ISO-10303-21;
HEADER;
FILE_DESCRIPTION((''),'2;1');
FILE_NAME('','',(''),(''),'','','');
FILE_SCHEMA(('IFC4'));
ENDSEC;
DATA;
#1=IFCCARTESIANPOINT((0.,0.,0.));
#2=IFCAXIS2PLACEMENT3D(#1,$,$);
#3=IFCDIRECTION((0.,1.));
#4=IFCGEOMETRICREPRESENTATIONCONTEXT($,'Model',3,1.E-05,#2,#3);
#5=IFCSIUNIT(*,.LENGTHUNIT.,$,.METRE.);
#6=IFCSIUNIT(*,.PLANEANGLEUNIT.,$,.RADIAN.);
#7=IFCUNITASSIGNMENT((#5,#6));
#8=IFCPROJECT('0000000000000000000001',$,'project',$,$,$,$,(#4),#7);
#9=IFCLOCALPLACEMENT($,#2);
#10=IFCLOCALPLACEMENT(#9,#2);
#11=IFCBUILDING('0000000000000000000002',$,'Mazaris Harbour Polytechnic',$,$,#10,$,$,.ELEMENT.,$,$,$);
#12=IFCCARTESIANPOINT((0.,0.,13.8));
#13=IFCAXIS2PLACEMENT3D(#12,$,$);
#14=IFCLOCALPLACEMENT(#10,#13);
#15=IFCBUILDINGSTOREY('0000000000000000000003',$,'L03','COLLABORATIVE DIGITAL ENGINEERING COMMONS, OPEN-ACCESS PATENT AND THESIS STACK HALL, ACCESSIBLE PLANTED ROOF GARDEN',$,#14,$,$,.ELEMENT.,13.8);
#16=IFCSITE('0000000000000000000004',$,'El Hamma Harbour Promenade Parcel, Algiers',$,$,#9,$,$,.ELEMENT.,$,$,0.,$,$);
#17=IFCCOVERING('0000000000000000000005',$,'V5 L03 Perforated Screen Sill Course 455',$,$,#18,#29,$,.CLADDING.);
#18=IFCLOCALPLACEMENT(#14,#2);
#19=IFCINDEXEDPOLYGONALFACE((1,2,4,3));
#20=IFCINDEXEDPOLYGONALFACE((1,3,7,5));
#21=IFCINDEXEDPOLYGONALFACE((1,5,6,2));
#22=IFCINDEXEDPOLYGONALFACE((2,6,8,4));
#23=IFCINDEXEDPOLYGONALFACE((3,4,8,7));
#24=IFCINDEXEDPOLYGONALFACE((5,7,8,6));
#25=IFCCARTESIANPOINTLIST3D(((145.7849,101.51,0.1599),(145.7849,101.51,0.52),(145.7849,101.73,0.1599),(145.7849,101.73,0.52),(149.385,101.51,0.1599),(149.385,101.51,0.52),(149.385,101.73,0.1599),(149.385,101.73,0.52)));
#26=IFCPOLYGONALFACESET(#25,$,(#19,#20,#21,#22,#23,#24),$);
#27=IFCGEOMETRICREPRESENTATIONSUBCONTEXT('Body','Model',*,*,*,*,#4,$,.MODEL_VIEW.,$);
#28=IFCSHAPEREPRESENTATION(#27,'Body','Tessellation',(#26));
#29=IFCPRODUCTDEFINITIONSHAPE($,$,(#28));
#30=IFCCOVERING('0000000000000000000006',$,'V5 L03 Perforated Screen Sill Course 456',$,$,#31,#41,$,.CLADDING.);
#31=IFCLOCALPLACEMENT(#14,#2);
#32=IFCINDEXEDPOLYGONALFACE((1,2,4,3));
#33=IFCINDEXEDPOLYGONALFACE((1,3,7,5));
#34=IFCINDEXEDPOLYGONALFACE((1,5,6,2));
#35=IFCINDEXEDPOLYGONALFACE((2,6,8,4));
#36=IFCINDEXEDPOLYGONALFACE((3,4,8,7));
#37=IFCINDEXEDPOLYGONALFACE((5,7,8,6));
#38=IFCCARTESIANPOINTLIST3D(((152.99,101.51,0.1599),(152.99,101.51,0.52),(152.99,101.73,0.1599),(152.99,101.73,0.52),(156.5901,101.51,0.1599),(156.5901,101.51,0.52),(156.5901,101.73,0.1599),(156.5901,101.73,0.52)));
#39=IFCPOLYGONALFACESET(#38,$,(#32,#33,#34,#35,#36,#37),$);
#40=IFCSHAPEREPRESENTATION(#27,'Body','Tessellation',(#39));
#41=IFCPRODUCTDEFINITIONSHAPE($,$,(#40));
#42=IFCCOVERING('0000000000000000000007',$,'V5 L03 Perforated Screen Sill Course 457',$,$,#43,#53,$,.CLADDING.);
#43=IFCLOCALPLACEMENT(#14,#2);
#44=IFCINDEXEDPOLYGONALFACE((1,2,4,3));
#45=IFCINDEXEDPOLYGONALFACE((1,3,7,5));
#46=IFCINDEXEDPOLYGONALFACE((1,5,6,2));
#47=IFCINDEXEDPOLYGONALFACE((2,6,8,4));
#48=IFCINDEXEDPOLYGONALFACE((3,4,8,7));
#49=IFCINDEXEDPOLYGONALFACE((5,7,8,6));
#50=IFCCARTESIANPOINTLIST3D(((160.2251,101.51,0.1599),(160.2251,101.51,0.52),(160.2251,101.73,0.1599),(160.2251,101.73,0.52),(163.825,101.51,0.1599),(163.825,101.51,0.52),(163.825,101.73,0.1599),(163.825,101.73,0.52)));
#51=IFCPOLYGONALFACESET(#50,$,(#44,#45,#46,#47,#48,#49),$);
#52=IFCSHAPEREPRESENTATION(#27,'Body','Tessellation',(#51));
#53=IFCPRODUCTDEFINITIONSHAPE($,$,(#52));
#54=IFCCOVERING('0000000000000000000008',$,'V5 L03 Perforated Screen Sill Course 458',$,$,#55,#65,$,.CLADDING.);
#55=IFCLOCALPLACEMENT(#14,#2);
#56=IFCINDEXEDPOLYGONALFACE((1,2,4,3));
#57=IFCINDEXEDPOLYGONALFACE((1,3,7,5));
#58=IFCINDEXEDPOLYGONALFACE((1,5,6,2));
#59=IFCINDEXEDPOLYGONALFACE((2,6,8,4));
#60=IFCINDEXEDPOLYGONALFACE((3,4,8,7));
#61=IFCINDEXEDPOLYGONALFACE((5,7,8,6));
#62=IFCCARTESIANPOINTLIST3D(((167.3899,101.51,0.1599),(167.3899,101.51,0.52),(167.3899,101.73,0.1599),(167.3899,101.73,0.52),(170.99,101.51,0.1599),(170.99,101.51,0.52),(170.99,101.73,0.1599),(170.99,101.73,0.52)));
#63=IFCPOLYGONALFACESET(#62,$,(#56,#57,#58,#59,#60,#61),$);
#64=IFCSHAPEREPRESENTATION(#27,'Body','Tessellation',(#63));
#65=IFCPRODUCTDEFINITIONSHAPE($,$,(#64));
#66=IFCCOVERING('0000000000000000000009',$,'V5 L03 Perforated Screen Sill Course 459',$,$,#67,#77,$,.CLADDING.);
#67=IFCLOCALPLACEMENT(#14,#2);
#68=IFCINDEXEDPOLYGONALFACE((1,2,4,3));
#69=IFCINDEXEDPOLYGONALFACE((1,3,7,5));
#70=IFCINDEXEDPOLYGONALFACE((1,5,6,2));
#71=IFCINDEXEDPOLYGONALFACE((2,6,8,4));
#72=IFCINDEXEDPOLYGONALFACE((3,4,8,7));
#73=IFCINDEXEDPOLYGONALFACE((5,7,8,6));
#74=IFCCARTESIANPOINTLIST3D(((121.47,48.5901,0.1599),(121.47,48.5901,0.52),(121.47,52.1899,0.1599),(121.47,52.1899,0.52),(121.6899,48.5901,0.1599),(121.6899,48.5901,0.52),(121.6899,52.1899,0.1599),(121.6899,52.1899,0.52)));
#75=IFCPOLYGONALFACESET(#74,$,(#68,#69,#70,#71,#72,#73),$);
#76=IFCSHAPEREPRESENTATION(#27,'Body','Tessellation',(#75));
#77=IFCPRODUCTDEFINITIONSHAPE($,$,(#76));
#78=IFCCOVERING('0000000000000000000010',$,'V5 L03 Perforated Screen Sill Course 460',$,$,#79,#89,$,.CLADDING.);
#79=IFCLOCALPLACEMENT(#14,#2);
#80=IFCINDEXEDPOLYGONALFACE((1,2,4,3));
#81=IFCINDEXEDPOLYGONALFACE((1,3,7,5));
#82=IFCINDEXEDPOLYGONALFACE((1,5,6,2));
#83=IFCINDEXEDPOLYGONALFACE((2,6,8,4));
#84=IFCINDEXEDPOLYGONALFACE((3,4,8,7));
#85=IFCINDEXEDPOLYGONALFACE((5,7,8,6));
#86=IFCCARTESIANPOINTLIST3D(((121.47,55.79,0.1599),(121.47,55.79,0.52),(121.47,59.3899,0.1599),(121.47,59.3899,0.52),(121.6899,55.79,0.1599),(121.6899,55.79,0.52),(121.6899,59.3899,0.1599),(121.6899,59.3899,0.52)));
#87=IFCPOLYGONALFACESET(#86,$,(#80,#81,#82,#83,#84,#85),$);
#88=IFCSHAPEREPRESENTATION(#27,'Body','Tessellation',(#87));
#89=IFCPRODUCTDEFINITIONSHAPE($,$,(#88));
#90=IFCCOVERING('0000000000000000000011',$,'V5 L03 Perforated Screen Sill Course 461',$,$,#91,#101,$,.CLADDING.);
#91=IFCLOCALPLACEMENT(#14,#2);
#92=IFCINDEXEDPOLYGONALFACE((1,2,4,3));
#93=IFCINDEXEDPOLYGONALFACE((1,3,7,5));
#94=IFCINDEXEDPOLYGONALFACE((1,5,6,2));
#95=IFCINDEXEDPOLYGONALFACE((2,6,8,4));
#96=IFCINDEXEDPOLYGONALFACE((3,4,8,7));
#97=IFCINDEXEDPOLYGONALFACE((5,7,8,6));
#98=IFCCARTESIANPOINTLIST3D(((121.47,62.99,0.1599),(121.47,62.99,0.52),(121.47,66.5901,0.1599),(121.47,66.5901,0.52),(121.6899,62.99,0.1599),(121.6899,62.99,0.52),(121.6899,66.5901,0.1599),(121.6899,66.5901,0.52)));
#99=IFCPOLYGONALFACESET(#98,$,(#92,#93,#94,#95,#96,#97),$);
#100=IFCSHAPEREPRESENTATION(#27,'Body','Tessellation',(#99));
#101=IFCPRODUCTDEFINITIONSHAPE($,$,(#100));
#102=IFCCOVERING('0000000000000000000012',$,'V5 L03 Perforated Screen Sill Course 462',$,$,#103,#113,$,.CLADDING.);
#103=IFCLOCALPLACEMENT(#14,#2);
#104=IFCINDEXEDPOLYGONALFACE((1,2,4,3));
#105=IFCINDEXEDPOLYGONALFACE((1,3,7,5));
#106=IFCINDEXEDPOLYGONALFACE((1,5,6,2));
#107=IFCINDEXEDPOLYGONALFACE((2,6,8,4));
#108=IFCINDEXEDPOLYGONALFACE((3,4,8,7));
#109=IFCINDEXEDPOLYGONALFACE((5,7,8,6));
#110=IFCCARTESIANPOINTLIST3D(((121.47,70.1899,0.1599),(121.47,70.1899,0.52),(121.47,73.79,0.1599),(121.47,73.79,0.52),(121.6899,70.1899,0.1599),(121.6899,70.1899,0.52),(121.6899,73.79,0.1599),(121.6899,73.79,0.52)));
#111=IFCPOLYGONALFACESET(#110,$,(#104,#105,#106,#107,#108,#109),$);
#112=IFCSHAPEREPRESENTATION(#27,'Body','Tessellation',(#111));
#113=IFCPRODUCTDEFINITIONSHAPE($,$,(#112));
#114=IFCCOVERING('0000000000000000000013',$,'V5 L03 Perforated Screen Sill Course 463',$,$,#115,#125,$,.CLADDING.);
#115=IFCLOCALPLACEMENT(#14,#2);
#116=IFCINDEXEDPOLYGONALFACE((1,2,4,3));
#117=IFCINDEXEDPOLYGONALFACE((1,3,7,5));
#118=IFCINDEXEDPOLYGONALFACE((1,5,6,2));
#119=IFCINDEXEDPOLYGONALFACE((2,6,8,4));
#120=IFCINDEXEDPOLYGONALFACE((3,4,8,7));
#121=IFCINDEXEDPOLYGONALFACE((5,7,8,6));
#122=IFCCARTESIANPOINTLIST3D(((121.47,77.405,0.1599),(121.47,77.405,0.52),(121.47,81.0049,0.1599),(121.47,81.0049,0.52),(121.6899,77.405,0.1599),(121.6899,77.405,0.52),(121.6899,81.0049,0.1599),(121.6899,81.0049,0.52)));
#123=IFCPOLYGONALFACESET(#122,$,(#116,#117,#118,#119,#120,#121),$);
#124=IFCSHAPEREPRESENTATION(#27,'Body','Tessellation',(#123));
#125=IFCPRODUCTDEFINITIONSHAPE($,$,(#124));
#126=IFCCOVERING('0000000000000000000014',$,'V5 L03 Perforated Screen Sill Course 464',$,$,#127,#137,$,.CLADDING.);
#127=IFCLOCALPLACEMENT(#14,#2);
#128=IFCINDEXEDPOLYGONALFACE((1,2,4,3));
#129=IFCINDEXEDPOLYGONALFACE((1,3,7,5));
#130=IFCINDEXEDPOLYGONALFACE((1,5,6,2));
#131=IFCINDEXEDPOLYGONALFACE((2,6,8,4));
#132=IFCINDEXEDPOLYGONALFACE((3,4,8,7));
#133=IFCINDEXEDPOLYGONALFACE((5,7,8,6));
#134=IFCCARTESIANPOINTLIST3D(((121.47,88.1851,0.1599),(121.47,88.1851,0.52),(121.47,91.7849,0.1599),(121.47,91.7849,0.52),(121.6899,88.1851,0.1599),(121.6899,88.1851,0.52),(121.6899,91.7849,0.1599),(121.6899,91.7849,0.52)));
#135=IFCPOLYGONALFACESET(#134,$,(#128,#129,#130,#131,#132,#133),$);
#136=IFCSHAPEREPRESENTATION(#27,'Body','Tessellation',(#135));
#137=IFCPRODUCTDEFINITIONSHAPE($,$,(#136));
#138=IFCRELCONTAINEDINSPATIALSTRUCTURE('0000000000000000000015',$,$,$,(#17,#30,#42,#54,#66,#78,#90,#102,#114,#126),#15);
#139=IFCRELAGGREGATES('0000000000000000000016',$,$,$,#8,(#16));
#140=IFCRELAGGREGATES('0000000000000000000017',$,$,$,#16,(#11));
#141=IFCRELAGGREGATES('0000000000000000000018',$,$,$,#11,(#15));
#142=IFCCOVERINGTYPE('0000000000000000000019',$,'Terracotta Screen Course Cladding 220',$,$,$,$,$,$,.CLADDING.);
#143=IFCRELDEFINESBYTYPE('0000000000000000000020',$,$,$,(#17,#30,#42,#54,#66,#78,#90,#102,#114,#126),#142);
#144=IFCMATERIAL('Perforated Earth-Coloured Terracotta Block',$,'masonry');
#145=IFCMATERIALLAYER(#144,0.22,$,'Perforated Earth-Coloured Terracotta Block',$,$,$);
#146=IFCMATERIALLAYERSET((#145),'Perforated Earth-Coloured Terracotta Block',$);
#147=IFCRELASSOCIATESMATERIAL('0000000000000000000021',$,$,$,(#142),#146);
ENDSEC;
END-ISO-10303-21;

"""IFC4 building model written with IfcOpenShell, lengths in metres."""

from ifc_helpers import new_model, si_unit, direction, frame, origin, place, context, subcontext, project, spatial, polyline, outline, extrude, material, layer, layer_set, type_object, element, save


model = new_model("IFC4")

# Units and contexts
model_context = context("Model", 3, precision=1e-05, world=origin(), true_north=direction((0.0, 1.0)))
body_context = subcontext(model_context, "Body", "Model", "MODEL_VIEW")
ifc_project = project(units=[si_unit("LENGTHUNIT", "METRE"), si_unit("PLANEANGLEUNIT", "RADIAN")], contexts=[model_context])

# Site, building, storey
site_placement = place(None, origin())
site = spatial("IfcSite", under=ifc_project, at=site_placement, Name="El Hamma Harbour Promenade Parcel, Algiers", CompositionType="ELEMENT", RefElevation=0.0)
building_placement = place(site_placement, origin())
building = spatial("IfcBuilding", under=site, at=building_placement, Name="Mazaris Harbour Polytechnic", CompositionType="ELEMENT")
storey_placement = place(building_placement, frame((0.0, 0.0, 13.8)))
storey = spatial("IfcBuildingStorey", under=building, at=storey_placement, Name="L03", Description="COLLABORATIVE DIGITAL ENGINEERING COMMONS, OPEN-ACCESS PATENT AND THESIS STACK HALL, ACCESSIBLE PLANTED ROOF GARDEN", CompositionType="ELEMENT", Elevation=13.8)

# Coverings
ifc_material = material(Name="Perforated Earth-Coloured Terracotta Block", Category="masonry")
ifc_layer = layer(ifc_material, 0.22, Name="Perforated Earth-Coloured Terracotta Block")
ifc_layer_set = layer_set([ifc_layer], Name="Perforated Earth-Coloured Terracotta Block")
covering_type = type_object("IfcCoveringType", Name="Terracotta Screen Course Cladding 220", PredefinedType="CLADDING", material=ifc_layer_set)
covering_1_placement = place(storey_placement, frame((0.0, 0.0, 0.1599)))
element("IfcCovering", 1, at=covering_1_placement, inside=storey, type_object=covering_type, Name="V5 L03 Perforated Screen Sill Course 455", PredefinedType="CLADDING", context=body_context, shape_type="SweptSolid", body=[
    extrude(outline(polyline([(145.7849, 101.51), (149.385, 101.51), (149.385, 101.73), (145.7849, 101.73), (145.7849, 101.51)])), origin(), (0.0, 0.0, 1.0), 0.3601),
])
covering_2_placement = place(storey_placement, frame((0.0, 0.0, 0.1599)))
element("IfcCovering", 2, at=covering_2_placement, inside=storey, type_object=covering_type, Name="V5 L03 Perforated Screen Sill Course 456", PredefinedType="CLADDING", context=body_context, shape_type="SweptSolid", body=[
    extrude(outline(polyline([(152.99, 101.51), (156.5901, 101.51), (156.5901, 101.73), (152.99, 101.73), (152.99, 101.51)])), origin(), (0.0, 0.0, 1.0), 0.3601),
])
covering_3_placement = place(storey_placement, frame((0.0, 0.0, 0.1599)))
element("IfcCovering", 3, at=covering_3_placement, inside=storey, type_object=covering_type, Name="V5 L03 Perforated Screen Sill Course 457", PredefinedType="CLADDING", context=body_context, shape_type="SweptSolid", body=[
    extrude(outline(polyline([(160.2251, 101.51), (163.825, 101.51), (163.825, 101.73), (160.2251, 101.73), (160.2251, 101.51)])), origin(), (0.0, 0.0, 1.0), 0.3601),
])
covering_4_placement = place(storey_placement, frame((0.0, 0.0, 0.1599)))
element("IfcCovering", 4, at=covering_4_placement, inside=storey, type_object=covering_type, Name="V5 L03 Perforated Screen Sill Course 458", PredefinedType="CLADDING", context=body_context, shape_type="SweptSolid", body=[
    extrude(outline(polyline([(167.3899, 101.51), (170.99, 101.51), (170.99, 101.73), (167.3899, 101.73), (167.3899, 101.51)])), origin(), (0.0, 0.0, 1.0), 0.3601),
])
covering_5_placement = place(storey_placement, frame((0.0, 0.0, 0.1599)))
element("IfcCovering", 5, at=covering_5_placement, inside=storey, type_object=covering_type, Name="V5 L03 Perforated Screen Sill Course 459", PredefinedType="CLADDING", context=body_context, shape_type="SweptSolid", body=[
    extrude(outline(polyline([(121.6899, 48.5901), (121.6899, 52.1899), (121.47, 52.1899), (121.47, 48.5901), (121.6899, 48.5901)])), origin(), (0.0, 0.0, 1.0), 0.3601),
])
covering_6_placement = place(storey_placement, frame((0.0, 0.0, 0.1599)))
element("IfcCovering", 6, at=covering_6_placement, inside=storey, type_object=covering_type, Name="V5 L03 Perforated Screen Sill Course 460", PredefinedType="CLADDING", context=body_context, shape_type="SweptSolid", body=[
    extrude(outline(polyline([(121.6899, 55.79), (121.6899, 59.3899), (121.47, 59.3899), (121.47, 55.79), (121.6899, 55.79)])), origin(), (0.0, 0.0, 1.0), 0.3601),
])
covering_7_placement = place(storey_placement, frame((0.0, 0.0, 0.1599)))
element("IfcCovering", 7, at=covering_7_placement, inside=storey, type_object=covering_type, Name="V5 L03 Perforated Screen Sill Course 461", PredefinedType="CLADDING", context=body_context, shape_type="SweptSolid", body=[
    extrude(outline(polyline([(121.6899, 62.99), (121.6899, 66.5901), (121.47, 66.5901), (121.47, 62.99), (121.6899, 62.99)])), origin(), (0.0, 0.0, 1.0), 0.3601),
])
covering_8_placement = place(storey_placement, frame((0.0, 0.0, 0.1599)))
element("IfcCovering", 8, at=covering_8_placement, inside=storey, type_object=covering_type, Name="V5 L03 Perforated Screen Sill Course 462", PredefinedType="CLADDING", context=body_context, shape_type="SweptSolid", body=[
    extrude(outline(polyline([(121.6899, 70.1899), (121.6899, 73.79), (121.47, 73.79), (121.47, 70.1899), (121.6899, 70.1899)])), origin(), (0.0, 0.0, 1.0), 0.3601),
])
covering_9_placement = place(storey_placement, frame((0.0, 0.0, 0.1599)))
element("IfcCovering", 9, at=covering_9_placement, inside=storey, type_object=covering_type, Name="V5 L03 Perforated Screen Sill Course 463", PredefinedType="CLADDING", context=body_context, shape_type="SweptSolid", body=[
    extrude(outline(polyline([(121.6899, 77.405), (121.6899, 81.0049), (121.47, 81.0049), (121.47, 77.405), (121.6899, 77.405)])), origin(), (0.0, 0.0, 1.0), 0.3601),
])
covering_10_placement = place(storey_placement, frame((0.0, 0.0, 0.1599)))
element("IfcCovering", 10, at=covering_10_placement, inside=storey, type_object=covering_type, Name="V5 L03 Perforated Screen Sill Course 464", PredefinedType="CLADDING", context=body_context, shape_type="SweptSolid", body=[
    extrude(outline(polyline([(121.6899, 88.1851), (121.6899, 91.7849), (121.47, 91.7849), (121.47, 88.1851), (121.6899, 88.1851)])), origin(), (0.0, 0.0, 1.0), 0.3601),
])

save(model, "model.ifc")
